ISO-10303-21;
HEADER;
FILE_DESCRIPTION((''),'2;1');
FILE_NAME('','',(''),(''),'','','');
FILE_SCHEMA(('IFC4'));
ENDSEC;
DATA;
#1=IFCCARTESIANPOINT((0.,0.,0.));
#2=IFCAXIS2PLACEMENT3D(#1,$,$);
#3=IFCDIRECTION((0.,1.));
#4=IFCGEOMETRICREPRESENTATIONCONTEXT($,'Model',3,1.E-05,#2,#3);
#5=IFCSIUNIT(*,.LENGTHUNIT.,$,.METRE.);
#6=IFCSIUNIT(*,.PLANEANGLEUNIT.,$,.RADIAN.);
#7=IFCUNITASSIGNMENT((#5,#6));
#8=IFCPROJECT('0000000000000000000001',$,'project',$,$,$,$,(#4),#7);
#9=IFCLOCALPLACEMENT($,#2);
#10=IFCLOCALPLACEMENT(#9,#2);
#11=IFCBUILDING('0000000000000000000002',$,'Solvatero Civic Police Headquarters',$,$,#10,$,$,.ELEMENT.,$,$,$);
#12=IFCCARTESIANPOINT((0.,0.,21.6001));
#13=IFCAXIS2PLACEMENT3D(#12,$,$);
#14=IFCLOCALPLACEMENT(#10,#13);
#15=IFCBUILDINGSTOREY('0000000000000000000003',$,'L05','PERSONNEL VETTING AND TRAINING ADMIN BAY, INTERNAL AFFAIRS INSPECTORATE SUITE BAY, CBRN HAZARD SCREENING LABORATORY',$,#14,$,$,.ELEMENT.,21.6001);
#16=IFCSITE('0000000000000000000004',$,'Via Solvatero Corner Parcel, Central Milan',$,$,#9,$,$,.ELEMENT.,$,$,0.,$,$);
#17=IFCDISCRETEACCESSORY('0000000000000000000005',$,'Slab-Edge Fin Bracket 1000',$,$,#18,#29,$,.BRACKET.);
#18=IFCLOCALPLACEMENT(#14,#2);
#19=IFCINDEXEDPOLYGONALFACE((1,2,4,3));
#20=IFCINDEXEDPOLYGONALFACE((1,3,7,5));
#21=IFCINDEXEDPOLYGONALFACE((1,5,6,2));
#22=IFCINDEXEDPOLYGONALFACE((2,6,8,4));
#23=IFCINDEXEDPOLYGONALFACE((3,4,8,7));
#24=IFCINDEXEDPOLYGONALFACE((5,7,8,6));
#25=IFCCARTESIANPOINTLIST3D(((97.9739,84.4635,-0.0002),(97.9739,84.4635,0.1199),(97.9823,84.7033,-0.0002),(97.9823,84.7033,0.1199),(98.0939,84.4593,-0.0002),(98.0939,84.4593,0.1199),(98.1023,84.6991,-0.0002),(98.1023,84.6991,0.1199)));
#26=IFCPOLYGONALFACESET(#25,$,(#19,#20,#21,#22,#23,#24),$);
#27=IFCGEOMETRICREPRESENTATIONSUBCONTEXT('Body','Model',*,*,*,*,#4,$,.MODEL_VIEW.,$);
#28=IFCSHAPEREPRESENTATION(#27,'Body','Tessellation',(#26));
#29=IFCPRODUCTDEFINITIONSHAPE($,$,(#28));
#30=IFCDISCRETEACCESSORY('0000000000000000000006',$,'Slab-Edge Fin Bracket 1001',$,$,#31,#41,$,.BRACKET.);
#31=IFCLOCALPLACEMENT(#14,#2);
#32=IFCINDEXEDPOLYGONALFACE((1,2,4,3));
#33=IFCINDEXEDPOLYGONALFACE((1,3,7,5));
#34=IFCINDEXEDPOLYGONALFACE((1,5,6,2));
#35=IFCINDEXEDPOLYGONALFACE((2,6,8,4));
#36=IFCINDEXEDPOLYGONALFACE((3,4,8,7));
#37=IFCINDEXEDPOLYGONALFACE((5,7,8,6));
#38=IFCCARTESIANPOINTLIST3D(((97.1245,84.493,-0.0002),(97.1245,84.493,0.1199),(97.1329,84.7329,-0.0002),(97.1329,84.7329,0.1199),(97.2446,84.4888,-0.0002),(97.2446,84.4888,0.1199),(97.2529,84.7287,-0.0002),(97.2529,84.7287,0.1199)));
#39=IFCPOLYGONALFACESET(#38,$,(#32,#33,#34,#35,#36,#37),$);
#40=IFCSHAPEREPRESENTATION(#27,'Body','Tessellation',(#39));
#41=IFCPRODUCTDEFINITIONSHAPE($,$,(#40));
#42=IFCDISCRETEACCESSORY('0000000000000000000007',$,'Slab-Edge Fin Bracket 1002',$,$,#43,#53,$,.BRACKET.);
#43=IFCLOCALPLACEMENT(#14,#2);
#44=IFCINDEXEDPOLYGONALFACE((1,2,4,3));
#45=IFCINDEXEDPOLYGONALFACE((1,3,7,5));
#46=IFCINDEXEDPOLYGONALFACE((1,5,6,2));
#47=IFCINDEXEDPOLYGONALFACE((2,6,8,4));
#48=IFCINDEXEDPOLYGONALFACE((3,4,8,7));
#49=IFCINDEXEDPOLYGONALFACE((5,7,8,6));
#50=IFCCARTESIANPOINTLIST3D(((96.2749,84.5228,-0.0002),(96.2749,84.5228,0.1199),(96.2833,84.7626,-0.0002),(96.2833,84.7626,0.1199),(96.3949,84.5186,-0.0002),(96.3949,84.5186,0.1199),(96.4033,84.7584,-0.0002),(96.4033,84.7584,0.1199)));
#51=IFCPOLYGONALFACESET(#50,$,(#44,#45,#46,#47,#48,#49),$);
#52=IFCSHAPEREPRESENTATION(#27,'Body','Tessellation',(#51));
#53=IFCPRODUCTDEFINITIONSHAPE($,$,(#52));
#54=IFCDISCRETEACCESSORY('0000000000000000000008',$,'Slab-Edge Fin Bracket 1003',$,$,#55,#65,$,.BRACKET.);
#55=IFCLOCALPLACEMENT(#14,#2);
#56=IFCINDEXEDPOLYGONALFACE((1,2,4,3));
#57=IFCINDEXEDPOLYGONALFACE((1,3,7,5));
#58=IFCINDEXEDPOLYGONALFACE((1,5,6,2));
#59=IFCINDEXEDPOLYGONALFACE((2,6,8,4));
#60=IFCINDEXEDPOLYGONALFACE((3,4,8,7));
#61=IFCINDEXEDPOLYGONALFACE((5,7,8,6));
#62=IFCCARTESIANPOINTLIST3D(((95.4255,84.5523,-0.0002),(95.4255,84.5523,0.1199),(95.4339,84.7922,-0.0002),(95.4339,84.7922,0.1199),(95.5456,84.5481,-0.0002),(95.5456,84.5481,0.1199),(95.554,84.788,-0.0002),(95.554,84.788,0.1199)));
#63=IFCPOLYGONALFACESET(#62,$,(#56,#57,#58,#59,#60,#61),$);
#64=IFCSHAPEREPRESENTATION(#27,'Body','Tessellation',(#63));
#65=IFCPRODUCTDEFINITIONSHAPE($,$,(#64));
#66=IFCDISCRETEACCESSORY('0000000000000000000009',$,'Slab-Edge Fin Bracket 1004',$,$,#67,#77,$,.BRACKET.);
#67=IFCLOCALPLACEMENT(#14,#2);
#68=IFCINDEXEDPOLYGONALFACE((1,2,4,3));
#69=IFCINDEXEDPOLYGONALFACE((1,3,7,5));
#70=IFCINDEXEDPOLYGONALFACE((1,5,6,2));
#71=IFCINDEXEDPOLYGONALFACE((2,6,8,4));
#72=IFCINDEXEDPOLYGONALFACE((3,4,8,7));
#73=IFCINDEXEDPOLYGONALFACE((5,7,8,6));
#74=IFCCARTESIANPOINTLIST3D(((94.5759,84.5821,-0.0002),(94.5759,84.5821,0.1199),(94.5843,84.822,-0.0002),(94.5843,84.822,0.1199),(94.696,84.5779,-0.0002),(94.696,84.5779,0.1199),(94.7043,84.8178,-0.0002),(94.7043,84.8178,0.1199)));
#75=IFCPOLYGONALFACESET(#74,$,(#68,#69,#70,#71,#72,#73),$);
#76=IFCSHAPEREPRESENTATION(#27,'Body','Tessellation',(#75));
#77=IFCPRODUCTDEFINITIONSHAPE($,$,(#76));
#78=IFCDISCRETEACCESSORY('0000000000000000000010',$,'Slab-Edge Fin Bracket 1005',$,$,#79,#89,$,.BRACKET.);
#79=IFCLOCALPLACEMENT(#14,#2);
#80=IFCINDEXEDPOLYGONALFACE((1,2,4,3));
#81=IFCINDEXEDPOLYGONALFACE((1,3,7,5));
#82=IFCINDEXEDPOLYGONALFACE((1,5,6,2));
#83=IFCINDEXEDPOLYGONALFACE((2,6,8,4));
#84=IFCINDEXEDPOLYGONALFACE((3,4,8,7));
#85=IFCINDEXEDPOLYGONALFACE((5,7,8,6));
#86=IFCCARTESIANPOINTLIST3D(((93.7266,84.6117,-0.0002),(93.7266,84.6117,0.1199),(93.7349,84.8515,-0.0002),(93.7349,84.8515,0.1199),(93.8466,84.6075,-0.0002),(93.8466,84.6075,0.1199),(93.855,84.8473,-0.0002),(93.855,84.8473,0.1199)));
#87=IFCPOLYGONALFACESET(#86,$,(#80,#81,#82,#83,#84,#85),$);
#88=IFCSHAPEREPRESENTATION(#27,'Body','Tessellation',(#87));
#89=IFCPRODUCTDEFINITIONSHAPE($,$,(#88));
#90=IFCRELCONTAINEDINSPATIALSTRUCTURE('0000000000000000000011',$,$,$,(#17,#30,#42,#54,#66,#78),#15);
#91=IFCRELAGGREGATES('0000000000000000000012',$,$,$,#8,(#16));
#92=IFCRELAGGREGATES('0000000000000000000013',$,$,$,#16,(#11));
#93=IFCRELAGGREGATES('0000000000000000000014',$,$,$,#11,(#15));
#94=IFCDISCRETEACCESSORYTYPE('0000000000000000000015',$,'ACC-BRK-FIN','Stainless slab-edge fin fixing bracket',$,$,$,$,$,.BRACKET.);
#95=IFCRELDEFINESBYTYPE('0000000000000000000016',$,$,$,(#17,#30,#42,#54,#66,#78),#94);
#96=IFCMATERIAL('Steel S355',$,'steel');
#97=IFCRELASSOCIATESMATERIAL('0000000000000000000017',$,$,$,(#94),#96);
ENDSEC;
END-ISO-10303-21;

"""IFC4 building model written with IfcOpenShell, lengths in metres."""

from ifc_helpers import new_model, si_unit, direction, frame, origin, origin_2d, place, context, subcontext, project, spatial, rectangle, extrude, material, type_object, element, save


model = new_model("IFC4")

# Units and contexts
model_context = context("Model", 3, precision=1e-05, world=origin(), true_north=direction((0.0, 1.0)))
body_context = subcontext(model_context, "Body", "Model", "MODEL_VIEW")
ifc_project = project(units=[si_unit("LENGTHUNIT", "METRE"), si_unit("PLANEANGLEUNIT", "RADIAN")], contexts=[model_context])

# Site, building, storey
site_placement = place(None, origin())
site = spatial("IfcSite", under=ifc_project, at=site_placement, Name="Via Solvatero Corner Parcel, Central Milan", CompositionType="ELEMENT", RefElevation=0.0)
building_placement = place(site_placement, origin())
building = spatial("IfcBuilding", under=site, at=building_placement, Name="Solvatero Civic Police Headquarters", CompositionType="ELEMENT")
storey_placement = place(building_placement, frame((0.0, 0.0, 21.6001)))
storey = spatial("IfcBuildingStorey", under=building, at=storey_placement, Name="L05", Description="PERSONNEL VETTING AND TRAINING ADMIN BAY, INTERNAL AFFAIRS INSPECTORATE SUITE BAY, CBRN HAZARD SCREENING LABORATORY", CompositionType="ELEMENT", Elevation=21.6001)

# Discrete accessories
ifc_material_1 = material(Name="Steel S355", Category="steel")
discrete_accessory_type = type_object("IfcDiscreteAccessoryType", Name="ACC-BRK-FIN", Description="Stainless slab-edge fin fixing bracket", PredefinedType="BRACKET", material=ifc_material_1)
for number, where, z_axis, x_axis, name in (
    (1, (98.0381, 84.5813, -0.0002), (0.0, 0.0, 1.0), (-0.99939, 0.034917, 0.0), "Slab-Edge Fin Bracket 1000"),
    (2, (97.1887, 84.6108, -0.0002), (0.0, 0.0, 1.0), (-0.99939, 0.034917, 0.0), "Slab-Edge Fin Bracket 1001"),
    (3, (96.3391, 84.6406, -0.0002), (0.0, 0.0, 1.0), (-0.99939, 0.034917, 0.0), "Slab-Edge Fin Bracket 1002"),
    (4, (95.4897, 84.6702, -0.0002), (0.0, 0.0, 1.0), (-0.99939, 0.034917, 0.0), "Slab-Edge Fin Bracket 1003"),
    (5, (94.6401, 84.7, -0.0002), (0.0, 0.0, 1.0), (-0.99939, 0.034917, 0.0), "Slab-Edge Fin Bracket 1004"),
    (6, (93.7908, 84.7295, -0.0002), (0.0, 0.0, 1.0), (-0.99939, 0.034917, 0.0), "Slab-Edge Fin Bracket 1005"),
):
    element("IfcDiscreteAccessory", number, at=place(storey_placement, frame(where, z_axis=z_axis, x_axis=x_axis)), inside=storey, type_object=discrete_accessory_type, Name=name, PredefinedType="BRACKET", context=body_context, shape_type="SweptSolid", body=[
        extrude(rectangle(XDim=0.1201, YDim=0.24, at=origin_2d()), origin(), (0.0, 0.0, 1.0), 0.1201),
    ])

save(model, "model.ifc")
